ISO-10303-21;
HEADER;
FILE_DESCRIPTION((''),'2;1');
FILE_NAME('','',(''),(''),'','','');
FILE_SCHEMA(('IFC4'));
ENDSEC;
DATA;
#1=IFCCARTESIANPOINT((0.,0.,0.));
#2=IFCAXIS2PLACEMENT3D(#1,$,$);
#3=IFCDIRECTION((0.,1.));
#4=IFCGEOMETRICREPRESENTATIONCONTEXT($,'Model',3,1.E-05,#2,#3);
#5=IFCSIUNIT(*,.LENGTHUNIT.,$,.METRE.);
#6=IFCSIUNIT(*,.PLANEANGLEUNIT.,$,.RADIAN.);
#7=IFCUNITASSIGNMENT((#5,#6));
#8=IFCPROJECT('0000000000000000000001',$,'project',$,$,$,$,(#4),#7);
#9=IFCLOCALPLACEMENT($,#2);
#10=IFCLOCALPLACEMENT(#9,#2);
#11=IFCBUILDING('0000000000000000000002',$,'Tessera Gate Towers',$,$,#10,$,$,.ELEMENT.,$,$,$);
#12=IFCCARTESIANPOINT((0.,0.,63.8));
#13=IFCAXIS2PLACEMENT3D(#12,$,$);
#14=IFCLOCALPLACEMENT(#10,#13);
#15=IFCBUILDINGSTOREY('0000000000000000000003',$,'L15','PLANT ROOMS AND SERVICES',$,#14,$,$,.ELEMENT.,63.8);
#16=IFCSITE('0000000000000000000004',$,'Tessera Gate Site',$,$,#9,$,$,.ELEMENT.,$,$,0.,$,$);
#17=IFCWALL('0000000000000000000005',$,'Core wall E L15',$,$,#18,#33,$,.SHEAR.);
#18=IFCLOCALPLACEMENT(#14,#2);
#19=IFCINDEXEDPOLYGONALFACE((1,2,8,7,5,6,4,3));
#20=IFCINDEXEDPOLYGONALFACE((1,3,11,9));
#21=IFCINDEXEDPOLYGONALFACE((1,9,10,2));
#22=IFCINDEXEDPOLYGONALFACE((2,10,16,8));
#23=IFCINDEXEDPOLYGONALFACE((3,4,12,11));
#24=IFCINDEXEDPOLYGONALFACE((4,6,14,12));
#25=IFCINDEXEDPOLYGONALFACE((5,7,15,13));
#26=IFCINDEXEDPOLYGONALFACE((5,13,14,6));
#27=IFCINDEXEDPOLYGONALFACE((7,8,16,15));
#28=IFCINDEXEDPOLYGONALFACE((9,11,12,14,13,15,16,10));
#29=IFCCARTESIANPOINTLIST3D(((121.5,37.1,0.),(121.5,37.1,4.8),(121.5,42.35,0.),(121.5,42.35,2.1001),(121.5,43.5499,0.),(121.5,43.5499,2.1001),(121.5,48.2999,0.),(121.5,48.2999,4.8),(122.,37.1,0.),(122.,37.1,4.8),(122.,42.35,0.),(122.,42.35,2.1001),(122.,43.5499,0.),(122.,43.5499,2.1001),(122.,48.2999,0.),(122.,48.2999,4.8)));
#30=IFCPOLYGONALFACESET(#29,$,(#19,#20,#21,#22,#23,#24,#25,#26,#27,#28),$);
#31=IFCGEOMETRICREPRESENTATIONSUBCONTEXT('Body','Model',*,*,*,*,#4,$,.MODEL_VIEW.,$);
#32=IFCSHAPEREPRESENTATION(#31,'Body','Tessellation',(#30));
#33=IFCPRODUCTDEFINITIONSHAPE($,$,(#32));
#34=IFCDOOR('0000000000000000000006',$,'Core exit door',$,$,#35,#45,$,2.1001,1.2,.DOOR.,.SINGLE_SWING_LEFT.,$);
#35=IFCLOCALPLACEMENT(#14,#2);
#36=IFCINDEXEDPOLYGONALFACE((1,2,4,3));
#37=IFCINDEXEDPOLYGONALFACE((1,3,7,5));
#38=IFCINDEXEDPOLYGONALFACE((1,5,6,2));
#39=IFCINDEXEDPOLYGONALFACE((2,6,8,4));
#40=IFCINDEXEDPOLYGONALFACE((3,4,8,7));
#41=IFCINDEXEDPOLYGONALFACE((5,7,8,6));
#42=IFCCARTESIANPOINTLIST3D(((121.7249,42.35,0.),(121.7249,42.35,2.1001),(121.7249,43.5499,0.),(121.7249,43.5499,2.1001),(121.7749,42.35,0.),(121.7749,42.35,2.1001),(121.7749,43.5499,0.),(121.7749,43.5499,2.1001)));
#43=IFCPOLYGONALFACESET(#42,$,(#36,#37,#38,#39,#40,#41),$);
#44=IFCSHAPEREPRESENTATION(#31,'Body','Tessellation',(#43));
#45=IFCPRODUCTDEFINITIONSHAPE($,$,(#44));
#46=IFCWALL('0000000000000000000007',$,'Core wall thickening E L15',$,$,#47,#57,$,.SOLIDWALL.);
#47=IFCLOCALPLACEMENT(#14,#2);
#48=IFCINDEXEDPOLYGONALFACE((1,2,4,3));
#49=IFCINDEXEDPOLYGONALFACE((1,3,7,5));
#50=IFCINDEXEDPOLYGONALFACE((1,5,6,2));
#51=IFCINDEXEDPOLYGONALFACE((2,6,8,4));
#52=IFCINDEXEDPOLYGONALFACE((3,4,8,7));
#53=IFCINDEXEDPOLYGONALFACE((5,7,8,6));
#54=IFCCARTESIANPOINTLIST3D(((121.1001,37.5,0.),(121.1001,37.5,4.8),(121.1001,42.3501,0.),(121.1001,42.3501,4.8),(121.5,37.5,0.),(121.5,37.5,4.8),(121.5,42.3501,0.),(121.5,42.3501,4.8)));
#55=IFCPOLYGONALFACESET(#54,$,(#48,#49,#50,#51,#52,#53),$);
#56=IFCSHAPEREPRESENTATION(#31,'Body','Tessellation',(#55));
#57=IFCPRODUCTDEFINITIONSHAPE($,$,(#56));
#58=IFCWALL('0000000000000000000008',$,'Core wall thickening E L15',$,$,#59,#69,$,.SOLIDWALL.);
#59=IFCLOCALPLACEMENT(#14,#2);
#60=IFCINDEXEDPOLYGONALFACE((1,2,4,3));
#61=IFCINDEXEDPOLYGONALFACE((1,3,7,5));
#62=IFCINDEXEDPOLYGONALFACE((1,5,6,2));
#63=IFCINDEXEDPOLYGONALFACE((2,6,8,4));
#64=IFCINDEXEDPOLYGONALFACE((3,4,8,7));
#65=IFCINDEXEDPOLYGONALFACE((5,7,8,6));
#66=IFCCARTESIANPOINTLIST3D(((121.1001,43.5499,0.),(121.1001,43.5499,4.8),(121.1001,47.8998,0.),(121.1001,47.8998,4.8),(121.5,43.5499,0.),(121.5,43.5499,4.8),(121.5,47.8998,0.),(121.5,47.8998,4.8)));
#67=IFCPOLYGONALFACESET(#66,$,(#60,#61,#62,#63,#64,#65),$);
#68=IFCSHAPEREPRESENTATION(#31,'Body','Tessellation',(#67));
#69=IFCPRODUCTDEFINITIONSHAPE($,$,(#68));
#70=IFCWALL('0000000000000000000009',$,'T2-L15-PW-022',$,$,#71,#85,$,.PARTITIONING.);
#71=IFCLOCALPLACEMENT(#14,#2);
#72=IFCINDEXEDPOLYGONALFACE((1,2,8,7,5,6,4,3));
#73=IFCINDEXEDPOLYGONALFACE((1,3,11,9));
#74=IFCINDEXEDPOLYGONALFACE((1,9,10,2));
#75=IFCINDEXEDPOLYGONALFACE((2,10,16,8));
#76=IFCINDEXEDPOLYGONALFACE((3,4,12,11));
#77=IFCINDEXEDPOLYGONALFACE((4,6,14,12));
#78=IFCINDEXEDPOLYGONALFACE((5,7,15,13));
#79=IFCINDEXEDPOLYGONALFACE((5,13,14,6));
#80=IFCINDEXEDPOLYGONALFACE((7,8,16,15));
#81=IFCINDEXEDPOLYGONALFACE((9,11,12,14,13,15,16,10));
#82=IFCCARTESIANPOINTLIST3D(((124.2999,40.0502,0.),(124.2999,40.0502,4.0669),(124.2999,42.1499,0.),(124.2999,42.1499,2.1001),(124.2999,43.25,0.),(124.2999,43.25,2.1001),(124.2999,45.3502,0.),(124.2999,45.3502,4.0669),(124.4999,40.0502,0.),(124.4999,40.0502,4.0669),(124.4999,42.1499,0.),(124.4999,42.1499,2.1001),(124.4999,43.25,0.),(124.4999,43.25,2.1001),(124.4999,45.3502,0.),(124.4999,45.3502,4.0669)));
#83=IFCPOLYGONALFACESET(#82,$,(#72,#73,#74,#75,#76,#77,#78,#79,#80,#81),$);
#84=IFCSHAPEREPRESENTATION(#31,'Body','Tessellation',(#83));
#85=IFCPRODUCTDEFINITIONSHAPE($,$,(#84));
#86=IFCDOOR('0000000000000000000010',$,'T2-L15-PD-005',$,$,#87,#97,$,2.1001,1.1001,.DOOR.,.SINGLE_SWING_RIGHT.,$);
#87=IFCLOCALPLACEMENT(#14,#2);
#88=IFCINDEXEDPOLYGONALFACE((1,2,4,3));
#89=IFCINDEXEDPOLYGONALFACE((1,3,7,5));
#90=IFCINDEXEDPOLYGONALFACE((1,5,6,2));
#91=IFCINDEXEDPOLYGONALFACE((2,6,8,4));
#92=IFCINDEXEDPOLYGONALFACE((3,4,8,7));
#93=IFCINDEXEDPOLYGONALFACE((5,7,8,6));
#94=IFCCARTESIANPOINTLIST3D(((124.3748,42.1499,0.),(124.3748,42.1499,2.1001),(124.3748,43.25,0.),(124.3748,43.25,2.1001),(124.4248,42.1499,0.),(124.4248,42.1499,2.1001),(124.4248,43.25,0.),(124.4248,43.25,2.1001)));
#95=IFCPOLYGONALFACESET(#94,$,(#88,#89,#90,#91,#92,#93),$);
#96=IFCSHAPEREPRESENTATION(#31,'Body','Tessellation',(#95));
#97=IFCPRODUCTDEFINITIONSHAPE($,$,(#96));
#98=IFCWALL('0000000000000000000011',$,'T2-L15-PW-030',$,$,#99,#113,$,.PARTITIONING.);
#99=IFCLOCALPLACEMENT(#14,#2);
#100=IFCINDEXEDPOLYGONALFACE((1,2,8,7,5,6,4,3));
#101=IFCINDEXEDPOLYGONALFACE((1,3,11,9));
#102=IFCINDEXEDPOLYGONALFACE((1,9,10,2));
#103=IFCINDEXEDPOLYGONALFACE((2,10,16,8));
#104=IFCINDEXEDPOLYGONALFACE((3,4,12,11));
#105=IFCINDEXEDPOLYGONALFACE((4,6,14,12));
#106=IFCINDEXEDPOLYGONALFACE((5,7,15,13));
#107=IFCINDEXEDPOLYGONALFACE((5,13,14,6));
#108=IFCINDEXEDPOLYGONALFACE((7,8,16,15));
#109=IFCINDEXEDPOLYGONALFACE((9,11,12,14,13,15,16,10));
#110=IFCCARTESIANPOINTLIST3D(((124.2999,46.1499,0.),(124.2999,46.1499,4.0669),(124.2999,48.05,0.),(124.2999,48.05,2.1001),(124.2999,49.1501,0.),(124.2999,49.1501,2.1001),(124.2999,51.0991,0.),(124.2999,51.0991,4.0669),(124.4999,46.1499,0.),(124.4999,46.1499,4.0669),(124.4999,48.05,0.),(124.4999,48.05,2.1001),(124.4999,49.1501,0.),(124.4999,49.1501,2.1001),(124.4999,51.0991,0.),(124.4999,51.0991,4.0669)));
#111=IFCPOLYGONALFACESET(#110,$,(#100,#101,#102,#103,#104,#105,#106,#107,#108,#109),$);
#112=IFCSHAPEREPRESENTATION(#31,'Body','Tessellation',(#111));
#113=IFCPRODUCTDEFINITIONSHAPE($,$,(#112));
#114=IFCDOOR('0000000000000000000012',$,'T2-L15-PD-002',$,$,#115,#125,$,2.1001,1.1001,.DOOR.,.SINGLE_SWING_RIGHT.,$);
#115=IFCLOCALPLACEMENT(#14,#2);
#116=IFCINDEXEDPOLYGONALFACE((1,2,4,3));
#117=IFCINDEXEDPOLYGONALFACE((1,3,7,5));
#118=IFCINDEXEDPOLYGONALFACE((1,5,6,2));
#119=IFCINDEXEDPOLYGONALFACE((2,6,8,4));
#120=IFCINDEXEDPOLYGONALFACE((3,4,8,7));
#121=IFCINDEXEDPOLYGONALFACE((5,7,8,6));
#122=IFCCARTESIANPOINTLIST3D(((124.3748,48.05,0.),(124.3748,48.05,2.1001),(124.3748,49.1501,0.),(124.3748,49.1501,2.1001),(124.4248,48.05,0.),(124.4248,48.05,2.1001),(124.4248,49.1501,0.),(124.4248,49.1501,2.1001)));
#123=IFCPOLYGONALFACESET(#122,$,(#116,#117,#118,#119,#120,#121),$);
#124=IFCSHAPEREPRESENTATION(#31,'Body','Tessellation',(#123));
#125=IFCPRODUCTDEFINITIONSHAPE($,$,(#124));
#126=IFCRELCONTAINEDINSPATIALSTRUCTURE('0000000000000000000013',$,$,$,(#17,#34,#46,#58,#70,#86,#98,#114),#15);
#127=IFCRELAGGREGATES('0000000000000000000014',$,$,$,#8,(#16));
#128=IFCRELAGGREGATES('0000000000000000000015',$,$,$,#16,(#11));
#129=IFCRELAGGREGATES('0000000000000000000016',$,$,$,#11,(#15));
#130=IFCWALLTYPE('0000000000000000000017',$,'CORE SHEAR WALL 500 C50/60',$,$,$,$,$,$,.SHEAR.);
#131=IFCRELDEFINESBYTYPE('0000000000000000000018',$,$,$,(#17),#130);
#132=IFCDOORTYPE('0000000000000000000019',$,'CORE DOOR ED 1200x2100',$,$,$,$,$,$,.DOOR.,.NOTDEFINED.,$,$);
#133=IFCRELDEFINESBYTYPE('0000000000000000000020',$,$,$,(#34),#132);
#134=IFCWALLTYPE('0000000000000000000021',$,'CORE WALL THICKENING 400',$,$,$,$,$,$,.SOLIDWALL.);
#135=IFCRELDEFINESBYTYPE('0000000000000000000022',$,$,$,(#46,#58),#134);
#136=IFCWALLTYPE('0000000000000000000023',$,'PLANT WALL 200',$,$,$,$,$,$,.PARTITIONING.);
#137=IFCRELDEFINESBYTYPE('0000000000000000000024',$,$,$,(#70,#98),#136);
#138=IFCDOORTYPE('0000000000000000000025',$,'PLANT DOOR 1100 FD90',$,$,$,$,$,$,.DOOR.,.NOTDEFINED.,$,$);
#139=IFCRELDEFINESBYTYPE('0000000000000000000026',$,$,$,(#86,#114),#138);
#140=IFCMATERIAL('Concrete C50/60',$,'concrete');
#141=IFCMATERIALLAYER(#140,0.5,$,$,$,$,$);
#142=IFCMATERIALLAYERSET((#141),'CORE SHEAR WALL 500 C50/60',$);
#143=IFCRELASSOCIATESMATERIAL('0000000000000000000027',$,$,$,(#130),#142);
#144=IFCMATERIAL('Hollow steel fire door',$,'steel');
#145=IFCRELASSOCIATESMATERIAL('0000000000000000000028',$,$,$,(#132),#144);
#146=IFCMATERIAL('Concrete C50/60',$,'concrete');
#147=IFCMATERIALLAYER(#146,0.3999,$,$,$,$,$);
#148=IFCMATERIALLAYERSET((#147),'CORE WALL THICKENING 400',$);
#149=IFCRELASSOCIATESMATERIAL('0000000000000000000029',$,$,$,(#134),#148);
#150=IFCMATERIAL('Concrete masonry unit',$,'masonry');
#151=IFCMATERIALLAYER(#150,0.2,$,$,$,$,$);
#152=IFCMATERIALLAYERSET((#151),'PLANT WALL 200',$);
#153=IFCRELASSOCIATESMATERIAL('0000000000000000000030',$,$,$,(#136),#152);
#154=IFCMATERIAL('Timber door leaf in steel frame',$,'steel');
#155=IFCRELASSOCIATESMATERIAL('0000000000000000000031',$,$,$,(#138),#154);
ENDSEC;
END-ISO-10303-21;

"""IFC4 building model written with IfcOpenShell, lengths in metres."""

from ifc_helpers import new_model, si_unit, direction, frame, frame_2d, origin, place, context, subcontext, project, spatial, rectangle, extrude, source, transform, mapped, material, layer, layer_set, type_object, element, fill, save


model = new_model("IFC4")

# Units and contexts
model_context = context("Model", 3, precision=1e-05, world=origin(), true_north=direction((0.0, 1.0)))
body_context = subcontext(model_context, "Body", "Model", "MODEL_VIEW")
ifc_project = project(units=[si_unit("LENGTHUNIT", "METRE"), si_unit("PLANEANGLEUNIT", "RADIAN")], contexts=[model_context])

# Site, building, storey
site_placement = place(None, origin())
site = spatial("IfcSite", under=ifc_project, at=site_placement, Name="Tessera Gate Site", CompositionType="ELEMENT", RefElevation=0.0)
building_placement = place(site_placement, origin())
building = spatial("IfcBuilding", under=site, at=building_placement, Name="Tessera Gate Towers", CompositionType="ELEMENT")
storey_placement = place(building_placement, frame((0.0, 0.0, 63.8)))
storey = spatial("IfcBuildingStorey", under=building, at=storey_placement, Name="L15", Description="PLANT ROOMS AND SERVICES", CompositionType="ELEMENT", Elevation=63.8)

# Wall, opening, door
ifc_material_1 = material(Name="Concrete C50/60", Category="concrete")
ifc_layer_1 = layer(ifc_material_1, 0.5)
ifc_layer_set_1 = layer_set([ifc_layer_1], Name="CORE SHEAR WALL 500 C50/60")
wall_type_1 = type_object("IfcWallType", Name="CORE SHEAR WALL 500 C50/60", PredefinedType="SHEAR", material=ifc_layer_set_1)
wall_1_placement = place(storey_placement, frame((121.75, 48.3, 0.0), z_axis=(0.0, 0.0, 1.0), x_axis=(0.0, -1.0, 0.0)))
wall_1 = element("IfcWall", 1, at=wall_1_placement, inside=storey, type_object=wall_type_1, Name="Core wall E L15", PredefinedType="SHEAR", context=body_context, shape_type="SweptSolid", body=[
    extrude(rectangle(XDim=11.2, YDim=0.5, at=frame_2d((5.6001, 0.0))), origin(), (0.0, 0.0, 1.0), 4.8),
])
shared_shape_1 = source(origin(), body_context, "Body", "SweptSolid", [
    extrude(rectangle(XDim=1.2, YDim=2.1001, at=frame_2d((0.6001, 1.05))), frame((0.0, 0.26, 0.0), z_axis=(0.0, -1.0, 0.0), x_axis=(1.0, 0.0, 0.0)), (0.0, 0.0, 1.0), 0.52),
])
opening_1_placement = place(wall_1_placement, frame((4.75, 0.0, 0.0)))
opening_1 = element("IfcOpeningElement", 2, at=opening_1_placement, cuts=wall_1, PredefinedType="OPENING", context=body_context, shape_type="MappedRepresentation", body=[
    mapped(shared_shape_1, transform((0.0, 0.0, 0.0), scale=1.0)),
])
ifc_material_2 = material(Name="Hollow steel fire door", Category="steel")
door_type_1 = type_object("IfcDoorType", Name="CORE DOOR ED 1200x2100", OperationType="NOTDEFINED", PredefinedType="DOOR", material=ifc_material_2)
shared_shape_2 = source(origin(), body_context, "Body", "SweptSolid", [
    extrude(rectangle(XDim=1.2, YDim=2.1001, at=frame_2d((0.6001, 1.05))), frame((0.0, 0.0249, 0.0), z_axis=(0.0, -1.0, 0.0), x_axis=(1.0, 0.0, 0.0)), (0.0, 0.0, 1.0), 0.05),
])
door_1_placement = place(opening_1_placement, origin())
door_1 = element("IfcDoor", 3, at=door_1_placement, inside=storey, type_object=door_type_1, Name="Core exit door", OperationType="SINGLE_SWING_LEFT", OverallHeight=2.1001, OverallWidth=1.2, PredefinedType="DOOR", context=body_context, shape_type="MappedRepresentation", body=[
    mapped(shared_shape_2, transform((0.0, 0.0, 0.0), scale=1.0)),
])
fill(opening_1, door_1)

# Walls
ifc_material_3 = material(Name="Concrete C50/60", Category="concrete")
ifc_layer_2 = layer(ifc_material_3, 0.3999)
ifc_layer_set_2 = layer_set([ifc_layer_2], Name="CORE WALL THICKENING 400")
wall_type_2 = type_object("IfcWallType", Name="CORE WALL THICKENING 400", PredefinedType="SOLIDWALL", material=ifc_layer_set_2)
wall_2_placement = place(storey_placement, frame((121.3, 37.5, 0.0), z_axis=(0.0, 0.0, 1.0), x_axis=(0.0, 1.0, 0.0)))
element("IfcWall", 4, at=wall_2_placement, inside=storey, type_object=wall_type_2, Name="Core wall thickening E L15", PredefinedType="SOLIDWALL", context=body_context, shape_type="SweptSolid", body=[
    extrude(rectangle(XDim=4.8501, YDim=0.3999, at=frame_2d((2.425, 0.0))), origin(), (0.0, 0.0, 1.0), 4.8),
])
wall_3_placement = place(storey_placement, frame((121.3, 43.55, 0.0), z_axis=(0.0, 0.0, 1.0), x_axis=(0.0, 1.0, 0.0)))
element("IfcWall", 5, at=wall_3_placement, inside=storey, type_object=wall_type_2, Name="Core wall thickening E L15", PredefinedType="SOLIDWALL", context=body_context, shape_type="SweptSolid", body=[
    extrude(rectangle(XDim=4.3499, YDim=0.3999, at=frame_2d((2.1748, 0.0))), origin(), (0.0, 0.0, 1.0), 4.8),
])

# Walls, openings, doors
ifc_material_4 = material(Name="Concrete masonry unit", Category="masonry")
ifc_layer_3 = layer(ifc_material_4, 0.2)
ifc_layer_set_3 = layer_set([ifc_layer_3], Name="PLANT WALL 200")
wall_type_3 = type_object("IfcWallType", Name="PLANT WALL 200", PredefinedType="PARTITIONING", material=ifc_layer_set_3)
wall_4_placement = place(storey_placement, frame((124.3999, 45.3501, 0.0), z_axis=(0.0, 0.0, 1.0), x_axis=(0.0, -1.0, 0.0)))
wall_4 = element("IfcWall", 6, at=wall_4_placement, inside=storey, type_object=wall_type_3, Name="T2-L15-PW-022", PredefinedType="PARTITIONING", context=body_context, shape_type="SweptSolid", body=[
    extrude(rectangle(XDim=5.3, YDim=0.2, at=frame_2d((2.6499, 0.0))), origin(), (0.0, 0.0, 1.0), 4.0669),
])
shared_shape_3 = source(origin(), body_context, "Body", "SweptSolid", [
    extrude(rectangle(XDim=1.1001, YDim=2.1001, at=frame_2d((0.55, 1.05))), frame((0.0, 0.1099, 0.0), z_axis=(0.0, -1.0, 0.0), x_axis=(1.0, 0.0, 0.0)), (0.0, 0.0, 1.0), 0.22),
])
opening_2_placement = place(wall_4_placement, frame((2.1001, 0.0, 0.0)))
opening_2 = element("IfcOpeningElement", 7, at=opening_2_placement, cuts=wall_4, PredefinedType="OPENING", context=body_context, shape_type="MappedRepresentation", body=[
    mapped(shared_shape_3, transform((0.0, 0.0, 0.0), scale=1.0)),
])
ifc_material_5 = material(Name="Timber door leaf in steel frame", Category="steel")
door_type_2 = type_object("IfcDoorType", Name="PLANT DOOR 1100 FD90", OperationType="NOTDEFINED", PredefinedType="DOOR", material=ifc_material_5)
shared_shape_4 = source(origin(), body_context, "Body", "SweptSolid", [
    extrude(rectangle(XDim=1.1001, YDim=2.1001, at=frame_2d((0.55, 1.05))), frame((0.0, 0.0249, 0.0), z_axis=(0.0, -1.0, 0.0), x_axis=(1.0, 0.0, 0.0)), (0.0, 0.0, 1.0), 0.05),
])
door_2_placement = place(opening_2_placement, origin())
door_2 = element("IfcDoor", 8, at=door_2_placement, inside=storey, type_object=door_type_2, Name="T2-L15-PD-005", OperationType="SINGLE_SWING_RIGHT", OverallHeight=2.1001, OverallWidth=1.1001, PredefinedType="DOOR", context=body_context, shape_type="MappedRepresentation", body=[
    mapped(shared_shape_4, transform((0.0, 0.0, 0.0), scale=1.0)),
])
fill(opening_2, door_2)
wall_5_placement = place(storey_placement, frame((124.3999, 51.0991, 0.0), z_axis=(0.0, 0.0, 1.0), x_axis=(0.0, -1.0, 0.0)))
wall_5 = element("IfcWall", 9, at=wall_5_placement, inside=storey, type_object=wall_type_3, Name="T2-L15-PW-030", PredefinedType="PARTITIONING", context=body_context, shape_type="SweptSolid", body=[
    extrude(rectangle(XDim=4.9492, YDim=0.2, at=frame_2d((2.4746, 0.0))), origin(), (0.0, 0.0, 1.0), 4.0669),
])
opening_3_placement = place(wall_5_placement, frame((1.949, 0.0, 0.0)))
opening_3 = element("IfcOpeningElement", 10, at=opening_3_placement, cuts=wall_5, PredefinedType="OPENING", context=body_context, shape_type="MappedRepresentation", body=[
    mapped(shared_shape_3, transform((0.0, 0.0, 0.0), scale=1.0)),
])
door_3_placement = place(opening_3_placement, origin())
door_3 = element("IfcDoor", 11, at=door_3_placement, inside=storey, type_object=door_type_2, Name="T2-L15-PD-002", OperationType="SINGLE_SWING_RIGHT", OverallHeight=2.1001, OverallWidth=1.1001, PredefinedType="DOOR", context=body_context, shape_type="MappedRepresentation", body=[
    mapped(shared_shape_4, transform((0.0, 0.0, 0.0), scale=1.0)),
])
fill(opening_3, door_3)

save(model, "model.ifc")
